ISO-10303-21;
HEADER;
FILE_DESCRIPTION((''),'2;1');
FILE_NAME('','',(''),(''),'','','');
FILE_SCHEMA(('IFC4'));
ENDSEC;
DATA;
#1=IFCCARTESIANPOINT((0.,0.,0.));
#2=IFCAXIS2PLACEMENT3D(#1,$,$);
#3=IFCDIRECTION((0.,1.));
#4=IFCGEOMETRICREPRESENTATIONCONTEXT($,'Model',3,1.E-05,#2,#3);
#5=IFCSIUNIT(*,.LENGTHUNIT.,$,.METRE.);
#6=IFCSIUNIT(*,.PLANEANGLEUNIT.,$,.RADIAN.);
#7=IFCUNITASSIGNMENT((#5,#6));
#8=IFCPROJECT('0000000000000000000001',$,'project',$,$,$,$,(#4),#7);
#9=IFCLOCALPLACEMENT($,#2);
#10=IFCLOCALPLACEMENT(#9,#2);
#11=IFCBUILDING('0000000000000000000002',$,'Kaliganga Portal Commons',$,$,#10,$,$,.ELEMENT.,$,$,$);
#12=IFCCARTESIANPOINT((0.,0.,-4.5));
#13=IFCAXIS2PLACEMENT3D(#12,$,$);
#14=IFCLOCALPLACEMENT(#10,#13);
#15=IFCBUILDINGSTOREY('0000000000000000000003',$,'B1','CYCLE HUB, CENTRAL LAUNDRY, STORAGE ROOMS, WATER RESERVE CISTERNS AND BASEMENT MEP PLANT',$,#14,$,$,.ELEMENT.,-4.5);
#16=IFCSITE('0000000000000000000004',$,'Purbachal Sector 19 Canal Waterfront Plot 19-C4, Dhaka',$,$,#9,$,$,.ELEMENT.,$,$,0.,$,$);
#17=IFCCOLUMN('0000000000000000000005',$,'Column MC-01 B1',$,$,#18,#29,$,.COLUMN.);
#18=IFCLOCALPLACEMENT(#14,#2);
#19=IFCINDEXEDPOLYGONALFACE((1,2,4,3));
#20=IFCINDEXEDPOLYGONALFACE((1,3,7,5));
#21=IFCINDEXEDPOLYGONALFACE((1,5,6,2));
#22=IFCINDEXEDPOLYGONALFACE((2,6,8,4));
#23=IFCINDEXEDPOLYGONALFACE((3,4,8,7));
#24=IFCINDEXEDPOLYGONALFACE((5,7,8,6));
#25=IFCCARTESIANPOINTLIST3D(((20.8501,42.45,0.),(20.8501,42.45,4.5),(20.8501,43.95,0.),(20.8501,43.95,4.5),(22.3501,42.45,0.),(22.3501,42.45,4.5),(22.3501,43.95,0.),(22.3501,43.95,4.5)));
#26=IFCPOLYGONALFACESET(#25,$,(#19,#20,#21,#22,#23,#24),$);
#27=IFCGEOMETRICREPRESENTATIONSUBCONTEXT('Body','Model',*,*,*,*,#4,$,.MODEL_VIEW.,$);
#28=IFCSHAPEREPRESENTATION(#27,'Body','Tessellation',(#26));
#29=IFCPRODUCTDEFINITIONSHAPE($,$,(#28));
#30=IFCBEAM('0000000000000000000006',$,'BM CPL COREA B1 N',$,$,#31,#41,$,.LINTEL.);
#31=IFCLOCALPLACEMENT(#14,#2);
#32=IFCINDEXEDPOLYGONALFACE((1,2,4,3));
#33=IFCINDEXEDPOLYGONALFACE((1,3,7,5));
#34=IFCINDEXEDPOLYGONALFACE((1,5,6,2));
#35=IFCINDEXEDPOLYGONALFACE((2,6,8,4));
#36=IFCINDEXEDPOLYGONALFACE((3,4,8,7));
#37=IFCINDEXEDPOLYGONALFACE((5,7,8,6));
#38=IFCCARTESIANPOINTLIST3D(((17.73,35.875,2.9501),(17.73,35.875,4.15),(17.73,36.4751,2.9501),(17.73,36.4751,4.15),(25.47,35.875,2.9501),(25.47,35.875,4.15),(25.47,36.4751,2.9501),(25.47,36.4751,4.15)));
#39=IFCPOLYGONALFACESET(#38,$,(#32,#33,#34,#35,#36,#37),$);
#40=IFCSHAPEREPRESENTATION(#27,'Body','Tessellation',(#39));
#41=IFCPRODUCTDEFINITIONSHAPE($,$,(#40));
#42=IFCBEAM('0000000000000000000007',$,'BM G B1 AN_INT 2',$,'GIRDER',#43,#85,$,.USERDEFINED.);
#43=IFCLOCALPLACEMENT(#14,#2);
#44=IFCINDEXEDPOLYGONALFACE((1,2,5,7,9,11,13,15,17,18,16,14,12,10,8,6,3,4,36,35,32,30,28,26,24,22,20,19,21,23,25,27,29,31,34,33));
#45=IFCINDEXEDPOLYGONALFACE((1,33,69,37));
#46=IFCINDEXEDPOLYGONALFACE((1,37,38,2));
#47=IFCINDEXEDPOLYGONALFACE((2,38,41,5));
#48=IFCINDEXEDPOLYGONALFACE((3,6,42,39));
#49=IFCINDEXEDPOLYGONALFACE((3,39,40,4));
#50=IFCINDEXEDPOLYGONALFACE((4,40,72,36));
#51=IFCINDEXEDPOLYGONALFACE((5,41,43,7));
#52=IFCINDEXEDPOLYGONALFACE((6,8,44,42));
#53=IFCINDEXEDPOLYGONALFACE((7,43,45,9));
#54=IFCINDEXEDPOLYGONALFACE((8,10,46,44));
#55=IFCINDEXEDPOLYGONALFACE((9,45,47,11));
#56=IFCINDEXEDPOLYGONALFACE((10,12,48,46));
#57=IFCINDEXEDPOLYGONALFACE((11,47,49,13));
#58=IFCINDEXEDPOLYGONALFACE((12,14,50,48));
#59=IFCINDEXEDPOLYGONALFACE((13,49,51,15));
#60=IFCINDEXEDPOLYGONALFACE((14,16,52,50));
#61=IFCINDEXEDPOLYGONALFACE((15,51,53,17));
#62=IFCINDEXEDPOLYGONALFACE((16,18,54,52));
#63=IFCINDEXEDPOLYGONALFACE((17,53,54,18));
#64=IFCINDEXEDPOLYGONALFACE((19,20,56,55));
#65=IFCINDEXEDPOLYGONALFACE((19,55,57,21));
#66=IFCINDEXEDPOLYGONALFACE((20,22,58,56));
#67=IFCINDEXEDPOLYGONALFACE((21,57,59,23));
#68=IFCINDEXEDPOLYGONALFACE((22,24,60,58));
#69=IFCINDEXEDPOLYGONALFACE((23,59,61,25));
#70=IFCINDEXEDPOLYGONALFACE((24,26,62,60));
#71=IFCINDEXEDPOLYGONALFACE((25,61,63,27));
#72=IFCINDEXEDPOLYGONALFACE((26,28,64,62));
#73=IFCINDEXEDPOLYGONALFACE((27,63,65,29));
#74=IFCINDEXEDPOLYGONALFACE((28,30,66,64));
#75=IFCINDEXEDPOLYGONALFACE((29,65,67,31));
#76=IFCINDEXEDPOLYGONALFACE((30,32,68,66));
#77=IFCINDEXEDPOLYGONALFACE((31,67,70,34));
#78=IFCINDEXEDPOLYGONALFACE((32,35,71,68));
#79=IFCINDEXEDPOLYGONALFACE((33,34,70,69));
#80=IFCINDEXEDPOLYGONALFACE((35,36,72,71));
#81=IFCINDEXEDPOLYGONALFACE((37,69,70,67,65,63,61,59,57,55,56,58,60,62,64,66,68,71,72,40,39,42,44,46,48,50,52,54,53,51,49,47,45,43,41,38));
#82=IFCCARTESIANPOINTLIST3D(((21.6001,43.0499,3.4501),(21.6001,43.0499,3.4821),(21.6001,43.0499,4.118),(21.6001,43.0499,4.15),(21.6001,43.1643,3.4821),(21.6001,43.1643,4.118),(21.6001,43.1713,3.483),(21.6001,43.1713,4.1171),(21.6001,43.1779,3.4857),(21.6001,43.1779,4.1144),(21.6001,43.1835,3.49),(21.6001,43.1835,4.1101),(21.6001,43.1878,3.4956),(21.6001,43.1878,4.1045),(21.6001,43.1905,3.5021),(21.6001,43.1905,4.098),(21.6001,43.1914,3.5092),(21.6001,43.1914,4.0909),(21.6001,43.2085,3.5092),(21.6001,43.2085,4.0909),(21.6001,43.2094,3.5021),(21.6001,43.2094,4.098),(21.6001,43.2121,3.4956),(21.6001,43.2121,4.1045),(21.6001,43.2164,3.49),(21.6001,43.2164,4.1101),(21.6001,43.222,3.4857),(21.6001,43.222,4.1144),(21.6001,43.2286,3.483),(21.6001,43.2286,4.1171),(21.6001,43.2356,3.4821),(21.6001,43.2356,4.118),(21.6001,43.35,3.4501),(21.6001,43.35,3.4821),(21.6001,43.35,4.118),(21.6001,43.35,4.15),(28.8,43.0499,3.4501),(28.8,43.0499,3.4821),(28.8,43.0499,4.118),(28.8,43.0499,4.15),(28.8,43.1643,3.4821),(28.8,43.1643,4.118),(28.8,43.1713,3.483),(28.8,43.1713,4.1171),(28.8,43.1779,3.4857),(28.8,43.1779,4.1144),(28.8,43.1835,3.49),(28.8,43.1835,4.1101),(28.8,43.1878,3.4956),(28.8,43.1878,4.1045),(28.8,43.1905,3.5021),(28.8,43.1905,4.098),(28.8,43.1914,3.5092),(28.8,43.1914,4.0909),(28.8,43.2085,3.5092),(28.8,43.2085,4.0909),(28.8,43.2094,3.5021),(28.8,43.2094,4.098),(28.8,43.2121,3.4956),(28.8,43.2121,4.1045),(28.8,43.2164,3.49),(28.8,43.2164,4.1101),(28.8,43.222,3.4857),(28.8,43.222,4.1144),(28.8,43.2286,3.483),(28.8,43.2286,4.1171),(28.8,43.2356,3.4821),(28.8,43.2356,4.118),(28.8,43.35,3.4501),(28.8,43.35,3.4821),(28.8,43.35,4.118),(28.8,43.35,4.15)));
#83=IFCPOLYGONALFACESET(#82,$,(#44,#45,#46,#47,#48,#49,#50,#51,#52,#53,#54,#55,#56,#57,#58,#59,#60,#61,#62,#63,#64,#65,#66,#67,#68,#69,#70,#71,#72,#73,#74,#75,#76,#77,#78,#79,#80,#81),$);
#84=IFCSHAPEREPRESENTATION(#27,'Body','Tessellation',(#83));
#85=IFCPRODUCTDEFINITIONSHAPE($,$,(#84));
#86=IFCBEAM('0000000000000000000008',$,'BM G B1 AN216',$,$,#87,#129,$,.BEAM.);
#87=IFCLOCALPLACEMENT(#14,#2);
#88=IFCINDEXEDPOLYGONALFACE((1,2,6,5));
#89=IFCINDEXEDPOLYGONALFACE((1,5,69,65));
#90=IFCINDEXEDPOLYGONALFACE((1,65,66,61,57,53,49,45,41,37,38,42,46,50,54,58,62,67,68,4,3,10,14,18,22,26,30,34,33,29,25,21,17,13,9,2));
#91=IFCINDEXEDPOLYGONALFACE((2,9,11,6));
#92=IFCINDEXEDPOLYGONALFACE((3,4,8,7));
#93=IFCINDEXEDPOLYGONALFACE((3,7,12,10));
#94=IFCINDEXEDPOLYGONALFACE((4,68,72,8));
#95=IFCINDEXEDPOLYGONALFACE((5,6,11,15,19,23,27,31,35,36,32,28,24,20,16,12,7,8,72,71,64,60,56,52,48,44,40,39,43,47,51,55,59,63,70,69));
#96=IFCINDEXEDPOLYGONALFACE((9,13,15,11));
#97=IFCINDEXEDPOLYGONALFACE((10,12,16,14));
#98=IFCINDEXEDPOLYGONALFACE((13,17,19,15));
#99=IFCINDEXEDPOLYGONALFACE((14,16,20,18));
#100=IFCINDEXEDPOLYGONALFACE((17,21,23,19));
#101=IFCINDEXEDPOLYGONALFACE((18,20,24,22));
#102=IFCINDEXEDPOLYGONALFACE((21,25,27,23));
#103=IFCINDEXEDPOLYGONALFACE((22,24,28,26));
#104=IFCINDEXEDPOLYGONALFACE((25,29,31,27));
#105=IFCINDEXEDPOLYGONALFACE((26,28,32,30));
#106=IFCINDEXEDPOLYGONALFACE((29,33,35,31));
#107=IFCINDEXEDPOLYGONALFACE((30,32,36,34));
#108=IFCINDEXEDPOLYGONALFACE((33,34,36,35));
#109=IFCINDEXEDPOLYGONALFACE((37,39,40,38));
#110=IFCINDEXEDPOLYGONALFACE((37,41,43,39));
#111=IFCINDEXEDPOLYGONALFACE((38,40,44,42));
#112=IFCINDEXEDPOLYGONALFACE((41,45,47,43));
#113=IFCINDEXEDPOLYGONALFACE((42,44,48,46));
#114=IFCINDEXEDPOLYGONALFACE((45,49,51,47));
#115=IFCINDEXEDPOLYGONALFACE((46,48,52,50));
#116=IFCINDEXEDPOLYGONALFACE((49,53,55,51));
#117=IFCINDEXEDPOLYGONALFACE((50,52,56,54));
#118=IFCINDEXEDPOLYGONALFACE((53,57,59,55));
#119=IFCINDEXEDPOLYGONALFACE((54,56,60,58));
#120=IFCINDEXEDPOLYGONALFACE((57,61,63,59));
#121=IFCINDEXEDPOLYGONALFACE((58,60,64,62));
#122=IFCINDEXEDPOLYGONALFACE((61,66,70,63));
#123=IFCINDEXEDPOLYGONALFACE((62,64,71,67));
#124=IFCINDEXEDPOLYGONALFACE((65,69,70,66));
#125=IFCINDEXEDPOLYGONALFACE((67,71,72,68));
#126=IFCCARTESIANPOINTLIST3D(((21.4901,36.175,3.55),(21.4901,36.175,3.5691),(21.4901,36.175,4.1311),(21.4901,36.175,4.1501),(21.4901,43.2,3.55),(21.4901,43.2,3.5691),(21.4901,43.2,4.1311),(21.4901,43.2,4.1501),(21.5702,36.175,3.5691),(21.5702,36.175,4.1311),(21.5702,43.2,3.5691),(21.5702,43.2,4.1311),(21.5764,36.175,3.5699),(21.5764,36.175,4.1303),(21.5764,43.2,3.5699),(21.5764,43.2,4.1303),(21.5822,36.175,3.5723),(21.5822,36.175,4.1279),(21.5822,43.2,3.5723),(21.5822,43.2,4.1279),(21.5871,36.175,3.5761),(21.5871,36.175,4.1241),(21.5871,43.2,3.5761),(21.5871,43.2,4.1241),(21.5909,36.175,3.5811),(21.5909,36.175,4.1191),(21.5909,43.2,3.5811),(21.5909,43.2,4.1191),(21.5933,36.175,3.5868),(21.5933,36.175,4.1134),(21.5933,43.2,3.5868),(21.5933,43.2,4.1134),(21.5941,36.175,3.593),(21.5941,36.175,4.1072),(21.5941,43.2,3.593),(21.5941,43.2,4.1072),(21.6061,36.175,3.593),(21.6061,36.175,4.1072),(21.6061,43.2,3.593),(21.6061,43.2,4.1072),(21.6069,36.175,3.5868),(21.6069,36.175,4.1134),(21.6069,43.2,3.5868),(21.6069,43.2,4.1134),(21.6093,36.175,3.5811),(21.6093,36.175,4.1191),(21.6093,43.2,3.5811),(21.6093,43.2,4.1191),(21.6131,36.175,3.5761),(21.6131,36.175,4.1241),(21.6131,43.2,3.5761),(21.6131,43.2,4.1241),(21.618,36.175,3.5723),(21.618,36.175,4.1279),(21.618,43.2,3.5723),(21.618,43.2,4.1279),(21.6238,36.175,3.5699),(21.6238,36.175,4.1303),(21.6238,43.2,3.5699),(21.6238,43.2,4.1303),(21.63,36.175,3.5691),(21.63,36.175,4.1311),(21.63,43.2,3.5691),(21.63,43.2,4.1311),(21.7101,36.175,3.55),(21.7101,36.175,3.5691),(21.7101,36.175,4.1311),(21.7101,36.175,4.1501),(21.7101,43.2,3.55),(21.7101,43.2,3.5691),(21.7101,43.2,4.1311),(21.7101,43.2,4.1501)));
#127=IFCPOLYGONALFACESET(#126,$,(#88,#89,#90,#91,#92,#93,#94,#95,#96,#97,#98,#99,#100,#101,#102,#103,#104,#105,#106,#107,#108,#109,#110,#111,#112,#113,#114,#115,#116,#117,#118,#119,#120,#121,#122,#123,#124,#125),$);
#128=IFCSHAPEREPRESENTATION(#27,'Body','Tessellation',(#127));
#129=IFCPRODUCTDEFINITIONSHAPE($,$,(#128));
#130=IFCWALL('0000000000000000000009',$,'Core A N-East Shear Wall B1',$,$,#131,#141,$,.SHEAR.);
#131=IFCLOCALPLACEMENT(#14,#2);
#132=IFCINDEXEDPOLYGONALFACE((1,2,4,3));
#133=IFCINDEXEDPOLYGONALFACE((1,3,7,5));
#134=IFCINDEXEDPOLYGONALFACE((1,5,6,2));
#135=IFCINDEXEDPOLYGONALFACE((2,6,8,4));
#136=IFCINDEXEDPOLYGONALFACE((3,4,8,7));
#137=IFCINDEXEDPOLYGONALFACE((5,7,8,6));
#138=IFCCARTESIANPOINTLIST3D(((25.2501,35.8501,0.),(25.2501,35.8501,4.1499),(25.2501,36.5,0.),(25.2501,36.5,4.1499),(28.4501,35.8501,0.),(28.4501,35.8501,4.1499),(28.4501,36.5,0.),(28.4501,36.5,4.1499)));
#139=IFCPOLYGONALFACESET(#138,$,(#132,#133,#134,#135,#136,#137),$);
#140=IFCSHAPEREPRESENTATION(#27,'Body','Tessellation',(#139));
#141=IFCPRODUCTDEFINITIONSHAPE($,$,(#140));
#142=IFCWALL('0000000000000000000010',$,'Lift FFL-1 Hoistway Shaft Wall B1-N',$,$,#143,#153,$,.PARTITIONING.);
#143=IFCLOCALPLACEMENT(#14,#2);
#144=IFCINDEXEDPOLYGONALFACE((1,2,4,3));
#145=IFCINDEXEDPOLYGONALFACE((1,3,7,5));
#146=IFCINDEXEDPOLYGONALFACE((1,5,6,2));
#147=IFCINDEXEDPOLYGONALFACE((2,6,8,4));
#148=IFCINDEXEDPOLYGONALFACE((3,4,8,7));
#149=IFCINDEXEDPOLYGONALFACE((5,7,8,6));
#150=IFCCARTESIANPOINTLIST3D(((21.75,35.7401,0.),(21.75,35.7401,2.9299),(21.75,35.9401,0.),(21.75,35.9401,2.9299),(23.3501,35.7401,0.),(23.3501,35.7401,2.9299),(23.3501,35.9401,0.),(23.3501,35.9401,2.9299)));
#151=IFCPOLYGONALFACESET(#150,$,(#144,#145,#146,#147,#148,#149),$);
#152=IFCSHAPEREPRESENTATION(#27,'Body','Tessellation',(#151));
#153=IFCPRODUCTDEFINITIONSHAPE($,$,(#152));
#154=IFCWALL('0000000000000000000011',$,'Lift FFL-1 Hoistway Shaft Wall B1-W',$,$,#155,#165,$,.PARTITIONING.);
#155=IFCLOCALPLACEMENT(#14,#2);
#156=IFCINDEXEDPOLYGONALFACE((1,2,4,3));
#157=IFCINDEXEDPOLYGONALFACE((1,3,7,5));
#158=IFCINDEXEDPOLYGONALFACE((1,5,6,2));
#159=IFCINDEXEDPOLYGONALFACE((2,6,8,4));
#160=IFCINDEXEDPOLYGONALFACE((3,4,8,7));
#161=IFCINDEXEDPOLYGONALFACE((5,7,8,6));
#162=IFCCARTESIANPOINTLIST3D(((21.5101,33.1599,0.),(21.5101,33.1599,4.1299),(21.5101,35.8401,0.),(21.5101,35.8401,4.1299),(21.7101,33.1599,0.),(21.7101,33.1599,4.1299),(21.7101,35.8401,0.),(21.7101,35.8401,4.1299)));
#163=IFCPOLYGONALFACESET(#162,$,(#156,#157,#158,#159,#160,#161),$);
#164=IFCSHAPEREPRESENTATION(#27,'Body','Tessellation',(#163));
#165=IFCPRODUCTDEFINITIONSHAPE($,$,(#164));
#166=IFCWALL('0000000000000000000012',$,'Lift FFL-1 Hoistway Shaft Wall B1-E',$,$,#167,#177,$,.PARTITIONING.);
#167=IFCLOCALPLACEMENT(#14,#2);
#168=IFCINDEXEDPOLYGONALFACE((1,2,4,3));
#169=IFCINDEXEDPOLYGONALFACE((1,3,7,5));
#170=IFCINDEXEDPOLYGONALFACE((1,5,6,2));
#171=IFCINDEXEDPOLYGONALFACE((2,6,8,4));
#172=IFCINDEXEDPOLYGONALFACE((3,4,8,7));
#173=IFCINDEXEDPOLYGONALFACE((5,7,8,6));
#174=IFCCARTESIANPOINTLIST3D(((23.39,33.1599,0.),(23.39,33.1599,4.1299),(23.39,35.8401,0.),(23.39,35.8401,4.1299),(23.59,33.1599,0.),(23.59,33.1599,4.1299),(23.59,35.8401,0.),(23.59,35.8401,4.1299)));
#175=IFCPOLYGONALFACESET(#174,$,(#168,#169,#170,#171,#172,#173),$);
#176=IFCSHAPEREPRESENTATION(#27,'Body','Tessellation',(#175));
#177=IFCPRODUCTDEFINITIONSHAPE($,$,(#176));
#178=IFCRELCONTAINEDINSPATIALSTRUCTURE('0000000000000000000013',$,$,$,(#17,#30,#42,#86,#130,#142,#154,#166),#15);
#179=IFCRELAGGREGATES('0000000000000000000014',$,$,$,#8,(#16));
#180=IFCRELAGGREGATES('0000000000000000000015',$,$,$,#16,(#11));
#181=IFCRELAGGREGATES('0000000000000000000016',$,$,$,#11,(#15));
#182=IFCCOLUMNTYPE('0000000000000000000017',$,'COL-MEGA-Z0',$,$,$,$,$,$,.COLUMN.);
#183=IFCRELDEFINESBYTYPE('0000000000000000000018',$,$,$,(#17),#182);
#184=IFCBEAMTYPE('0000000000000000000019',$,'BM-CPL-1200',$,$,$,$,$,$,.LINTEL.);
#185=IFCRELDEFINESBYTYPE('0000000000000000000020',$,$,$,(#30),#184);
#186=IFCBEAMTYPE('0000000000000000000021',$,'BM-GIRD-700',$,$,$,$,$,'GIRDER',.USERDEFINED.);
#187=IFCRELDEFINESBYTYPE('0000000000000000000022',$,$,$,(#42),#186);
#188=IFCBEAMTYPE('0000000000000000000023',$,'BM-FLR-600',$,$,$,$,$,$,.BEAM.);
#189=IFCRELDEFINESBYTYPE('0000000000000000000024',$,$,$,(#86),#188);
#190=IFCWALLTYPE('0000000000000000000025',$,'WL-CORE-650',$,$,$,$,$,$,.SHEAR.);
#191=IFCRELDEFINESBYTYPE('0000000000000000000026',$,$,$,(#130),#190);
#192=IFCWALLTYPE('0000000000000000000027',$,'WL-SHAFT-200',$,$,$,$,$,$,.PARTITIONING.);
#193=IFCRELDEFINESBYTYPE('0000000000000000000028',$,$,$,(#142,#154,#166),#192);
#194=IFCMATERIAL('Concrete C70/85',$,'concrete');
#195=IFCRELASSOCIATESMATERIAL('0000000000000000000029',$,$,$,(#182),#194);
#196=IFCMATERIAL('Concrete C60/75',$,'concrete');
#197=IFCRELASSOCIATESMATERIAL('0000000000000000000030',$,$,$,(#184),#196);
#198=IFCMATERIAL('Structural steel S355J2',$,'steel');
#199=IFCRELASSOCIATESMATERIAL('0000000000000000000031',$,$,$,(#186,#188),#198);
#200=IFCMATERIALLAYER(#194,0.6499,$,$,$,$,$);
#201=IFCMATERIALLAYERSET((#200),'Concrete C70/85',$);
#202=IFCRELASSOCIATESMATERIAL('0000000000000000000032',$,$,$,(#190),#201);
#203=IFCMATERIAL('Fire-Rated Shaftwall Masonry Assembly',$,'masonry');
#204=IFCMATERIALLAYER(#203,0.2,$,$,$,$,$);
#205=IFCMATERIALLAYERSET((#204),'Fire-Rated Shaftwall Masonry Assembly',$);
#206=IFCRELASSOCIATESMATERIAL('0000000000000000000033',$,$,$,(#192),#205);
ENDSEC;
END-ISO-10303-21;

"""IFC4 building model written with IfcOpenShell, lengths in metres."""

from ifc_helpers import new_model, si_unit, direction, frame, frame_2d, origin, origin_2d, place, context, subcontext, project, spatial, rectangle, i_section, extrude, source, transform, mapped, material, layer, layer_set, material_profile, profile_set, type_object, element, save


model = new_model("IFC4")

# Units and contexts
model_context = context("Model", 3, precision=1e-05, world=origin(), true_north=direction((0.0, 1.0)))
body_context = subcontext(model_context, "Body", "Model", "MODEL_VIEW")
ifc_project = project(units=[si_unit("LENGTHUNIT", "METRE"), si_unit("PLANEANGLEUNIT", "RADIAN")], contexts=[model_context])

# Site, building, storey
site_placement = place(None, origin())
site = spatial("IfcSite", under=ifc_project, at=site_placement, Name="Purbachal Sector 19 Canal Waterfront Plot 19-C4, Dhaka", CompositionType="ELEMENT", RefElevation=0.0)
building_placement = place(site_placement, origin())
building = spatial("IfcBuilding", under=site, at=building_placement, Name="Kaliganga Portal Commons", CompositionType="ELEMENT")
storey_placement = place(building_placement, frame((0.0, 0.0, -4.5)))
storey = spatial("IfcBuildingStorey", under=building, at=storey_placement, Name="B1", Description="CYCLE HUB, CENTRAL LAUNDRY, STORAGE ROOMS, WATER RESERVE CISTERNS AND BASEMENT MEP PLANT", CompositionType="ELEMENT", Elevation=-4.5)

# Column
ifc_material_1 = material(Name="Concrete C70/85", Category="concrete")
ifc_material_profile_1 = material_profile(ifc_material_1, rectangle(XDim=1.5, YDim=1.5, at=origin_2d()), Name="RC 1500x1500")
ifc_profile_set_1 = profile_set([ifc_material_profile_1], Name="Concrete C70/85")
column_type = type_object("IfcColumnType", Name="COL-MEGA-Z0", PredefinedType="COLUMN", material=ifc_profile_set_1)
shared_shape_1 = source(origin(), body_context, "Body", "SweptSolid", [
    extrude(rectangle(XDim=1.5, YDim=1.5, at=origin_2d()), origin(), (0.0, 0.0, 1.0), 4.5),
])
column_placement = place(storey_placement, frame((21.6001, 43.2, 0.0), z_axis=(0.0, 0.0, 1.0), x_axis=(1.0, 0.0, 0.0)))
element("IfcColumn", 1, at=column_placement, inside=storey, type_object=column_type, Name="Column MC-01 B1", PredefinedType="COLUMN", context=body_context, shape_type="MappedRepresentation", body=[
    mapped(shared_shape_1, transform((0.0, 0.0, 0.0), x_axis=(1.0, 0.0, 0.0), y_axis=(0.0, 1.0, 0.0), z_axis=(0.0, 0.0, 1.0), scale=1.0)),
])

# Beams
ifc_material_2 = material(Name="Concrete C60/75", Category="concrete")
ifc_material_profile_2 = material_profile(ifc_material_2, rectangle(XDim=0.6001, YDim=1.2, at=origin_2d()), Name="RC 600x1200")
ifc_profile_set_2 = profile_set([ifc_material_profile_2], Name="Concrete C60/75")
beam_type_1 = type_object("IfcBeamType", Name="BM-CPL-1200", PredefinedType="LINTEL", material=ifc_profile_set_2)
shared_shape_2 = source(origin(), body_context, "Body", "SweptSolid", [
    extrude(rectangle(XDim=0.6001, YDim=1.2, at=origin_2d()), origin(), (0.0, 0.0, 1.0), 7.74),
])
beam_1_placement = place(storey_placement, frame((17.73, 36.175, 3.55), z_axis=(1.0, 0.0, 0.0), x_axis=(0.0, 1.0, 0.0)))
element("IfcBeam", 2, at=beam_1_placement, inside=storey, type_object=beam_type_1, Name="BM CPL COREA B1 N", PredefinedType="LINTEL", context=body_context, shape_type="MappedRepresentation", body=[
    mapped(shared_shape_2, transform((0.0, 0.0, 0.0), x_axis=(1.0, 0.0, 0.0), y_axis=(0.0, 1.0, 0.0), z_axis=(0.0, 0.0, 1.0), scale=1.0)),
])
ifc_material_3 = material(Name="Structural steel S355J2", Category="steel")
ifc_material_profile_3 = material_profile(ifc_material_3, i_section(OverallWidth=0.3, OverallDepth=0.7, WebThickness=0.0171, FlangeThickness=0.032, FilletRadius=0.0271, at=origin_2d()), Name="HE 700 B")
ifc_profile_set_3 = profile_set([ifc_material_profile_3], Name="Structural steel S355J2 wide-flange")
beam_type_2 = type_object("IfcBeamType", Name="BM-GIRD-700", ElementType="GIRDER", PredefinedType="USERDEFINED", material=ifc_profile_set_3)
shared_shape_3 = source(origin(), body_context, "Body", "SweptSolid", [
    extrude(i_section(OverallWidth=0.3, OverallDepth=0.7, WebThickness=0.0171, FlangeThickness=0.032, FilletRadius=0.0271, at=origin_2d()), origin(), (0.0, 0.0, 1.0), 7.2),
])
beam_2_placement = place(storey_placement, frame((21.6001, 43.2, 3.8), z_axis=(1.0, 0.0, 0.0), x_axis=(0.0, 1.0, 0.0)))
element("IfcBeam", 3, at=beam_2_placement, inside=storey, type_object=beam_type_2, Name="BM G B1 AN_INT 2", ObjectType="GIRDER", PredefinedType="USERDEFINED", context=body_context, shape_type="MappedRepresentation", body=[
    mapped(shared_shape_3, transform((0.0, 0.0, 0.0), x_axis=(1.0, 0.0, 0.0), y_axis=(0.0, 1.0, 0.0), z_axis=(0.0, 0.0, 1.0), scale=1.0)),
])
ifc_material_profile_4 = material_profile(ifc_material_3, i_section(OverallWidth=0.22, OverallDepth=0.6001, WebThickness=0.012, FlangeThickness=0.019, FilletRadius=0.0239, at=origin_2d()), Name="IPE 600")
ifc_profile_set_4 = profile_set([ifc_material_profile_4], Name="Structural steel S355J2 wide-flange")
beam_type_3 = type_object("IfcBeamType", Name="BM-FLR-600", PredefinedType="BEAM", material=ifc_profile_set_4)
shared_shape_4 = source(origin(), body_context, "Body", "SweptSolid", [
    extrude(i_section(OverallWidth=0.22, OverallDepth=0.6001, WebThickness=0.012, FlangeThickness=0.019, FilletRadius=0.0239, at=origin_2d()), origin(), (0.0, 0.0, 1.0), 7.0249),
])
beam_3_placement = place(storey_placement, frame((21.6001, 36.175, 3.8501), z_axis=(0.0, 1.0, 0.0), x_axis=(-1.0, 0.0, 0.0)))
element("IfcBeam", 4, at=beam_3_placement, inside=storey, type_object=beam_type_3, Name="BM G B1 AN216", PredefinedType="BEAM", context=body_context, shape_type="MappedRepresentation", body=[
    mapped(shared_shape_4, transform((0.0, 0.0, 0.0), x_axis=(1.0, 0.0, 0.0), y_axis=(0.0, 1.0, 0.0), z_axis=(0.0, 0.0, 1.0), scale=1.0)),
])

# Wall
ifc_layer_1 = layer(ifc_material_1, 0.6499)
ifc_layer_set_1 = layer_set([ifc_layer_1], Name="Concrete C70/85")
wall_type_1 = type_object("IfcWallType", Name="WL-CORE-650", PredefinedType="SHEAR", material=ifc_layer_set_1)
wall_1_placement = place(storey_placement, frame((25.25, 36.175, 0.0), z_axis=(0.0, 0.0, 1.0), x_axis=(1.0, 0.0, 0.0)))
element("IfcWall", 5, at=wall_1_placement, inside=storey, type_object=wall_type_1, Name="Core A N-East Shear Wall B1", PredefinedType="SHEAR", context=body_context, shape_type="SweptSolid", body=[
    extrude(rectangle(XDim=3.2, YDim=0.6499, at=frame_2d((1.6001, 0.0))), origin(), (0.0, 0.0, 1.0), 4.1499),
])

# Shared definitions
ifc_material_4 = material(Name="Fire-Rated Shaftwall Masonry Assembly", Category="masonry")
ifc_layer_2 = layer(ifc_material_4, 0.2)
ifc_layer_set_2 = layer_set([ifc_layer_2], Name="Fire-Rated Shaftwall Masonry Assembly")
wall_type_2 = type_object("IfcWallType", Name="WL-SHAFT-200", PredefinedType="PARTITIONING", material=ifc_layer_set_2)

# Walls
wall_2_placement = place(storey_placement, frame((21.75, 35.8401, 0.0), z_axis=(0.0, 0.0, 1.0), x_axis=(1.0, 0.0, 0.0)))
element("IfcWall", 6, at=wall_2_placement, inside=storey, type_object=wall_type_2, Name="Lift FFL-1 Hoistway Shaft Wall B1-N", PredefinedType="PARTITIONING", context=body_context, shape_type="SweptSolid", body=[
    extrude(rectangle(XDim=1.6001, YDim=0.2, at=frame_2d((0.8, 0.0))), origin(), (0.0, 0.0, 1.0), 2.9299),
])
for number, where, z_axis, x_axis, name in (
    (7, (21.6101, 33.1599, 0.0), (0.0, 0.0, 1.0), (0.0, 1.0, 0.0), "Lift FFL-1 Hoistway Shaft Wall B1-W"),
    (8, (23.49, 33.1599, 0.0), (0.0, 0.0, 1.0), (0.0, 1.0, 0.0), "Lift FFL-1 Hoistway Shaft Wall B1-E"),
):
    element("IfcWall", number, at=place(storey_placement, frame(where, z_axis=z_axis, x_axis=x_axis)), inside=storey, type_object=wall_type_2, Name=name, PredefinedType="PARTITIONING", context=body_context, shape_type="SweptSolid", body=[
        extrude(rectangle(XDim=2.6802, YDim=0.2, at=frame_2d((1.3401, 0.0))), origin(), (0.0, 0.0, 1.0), 4.1299),
    ])

save(model, "model.ifc")
